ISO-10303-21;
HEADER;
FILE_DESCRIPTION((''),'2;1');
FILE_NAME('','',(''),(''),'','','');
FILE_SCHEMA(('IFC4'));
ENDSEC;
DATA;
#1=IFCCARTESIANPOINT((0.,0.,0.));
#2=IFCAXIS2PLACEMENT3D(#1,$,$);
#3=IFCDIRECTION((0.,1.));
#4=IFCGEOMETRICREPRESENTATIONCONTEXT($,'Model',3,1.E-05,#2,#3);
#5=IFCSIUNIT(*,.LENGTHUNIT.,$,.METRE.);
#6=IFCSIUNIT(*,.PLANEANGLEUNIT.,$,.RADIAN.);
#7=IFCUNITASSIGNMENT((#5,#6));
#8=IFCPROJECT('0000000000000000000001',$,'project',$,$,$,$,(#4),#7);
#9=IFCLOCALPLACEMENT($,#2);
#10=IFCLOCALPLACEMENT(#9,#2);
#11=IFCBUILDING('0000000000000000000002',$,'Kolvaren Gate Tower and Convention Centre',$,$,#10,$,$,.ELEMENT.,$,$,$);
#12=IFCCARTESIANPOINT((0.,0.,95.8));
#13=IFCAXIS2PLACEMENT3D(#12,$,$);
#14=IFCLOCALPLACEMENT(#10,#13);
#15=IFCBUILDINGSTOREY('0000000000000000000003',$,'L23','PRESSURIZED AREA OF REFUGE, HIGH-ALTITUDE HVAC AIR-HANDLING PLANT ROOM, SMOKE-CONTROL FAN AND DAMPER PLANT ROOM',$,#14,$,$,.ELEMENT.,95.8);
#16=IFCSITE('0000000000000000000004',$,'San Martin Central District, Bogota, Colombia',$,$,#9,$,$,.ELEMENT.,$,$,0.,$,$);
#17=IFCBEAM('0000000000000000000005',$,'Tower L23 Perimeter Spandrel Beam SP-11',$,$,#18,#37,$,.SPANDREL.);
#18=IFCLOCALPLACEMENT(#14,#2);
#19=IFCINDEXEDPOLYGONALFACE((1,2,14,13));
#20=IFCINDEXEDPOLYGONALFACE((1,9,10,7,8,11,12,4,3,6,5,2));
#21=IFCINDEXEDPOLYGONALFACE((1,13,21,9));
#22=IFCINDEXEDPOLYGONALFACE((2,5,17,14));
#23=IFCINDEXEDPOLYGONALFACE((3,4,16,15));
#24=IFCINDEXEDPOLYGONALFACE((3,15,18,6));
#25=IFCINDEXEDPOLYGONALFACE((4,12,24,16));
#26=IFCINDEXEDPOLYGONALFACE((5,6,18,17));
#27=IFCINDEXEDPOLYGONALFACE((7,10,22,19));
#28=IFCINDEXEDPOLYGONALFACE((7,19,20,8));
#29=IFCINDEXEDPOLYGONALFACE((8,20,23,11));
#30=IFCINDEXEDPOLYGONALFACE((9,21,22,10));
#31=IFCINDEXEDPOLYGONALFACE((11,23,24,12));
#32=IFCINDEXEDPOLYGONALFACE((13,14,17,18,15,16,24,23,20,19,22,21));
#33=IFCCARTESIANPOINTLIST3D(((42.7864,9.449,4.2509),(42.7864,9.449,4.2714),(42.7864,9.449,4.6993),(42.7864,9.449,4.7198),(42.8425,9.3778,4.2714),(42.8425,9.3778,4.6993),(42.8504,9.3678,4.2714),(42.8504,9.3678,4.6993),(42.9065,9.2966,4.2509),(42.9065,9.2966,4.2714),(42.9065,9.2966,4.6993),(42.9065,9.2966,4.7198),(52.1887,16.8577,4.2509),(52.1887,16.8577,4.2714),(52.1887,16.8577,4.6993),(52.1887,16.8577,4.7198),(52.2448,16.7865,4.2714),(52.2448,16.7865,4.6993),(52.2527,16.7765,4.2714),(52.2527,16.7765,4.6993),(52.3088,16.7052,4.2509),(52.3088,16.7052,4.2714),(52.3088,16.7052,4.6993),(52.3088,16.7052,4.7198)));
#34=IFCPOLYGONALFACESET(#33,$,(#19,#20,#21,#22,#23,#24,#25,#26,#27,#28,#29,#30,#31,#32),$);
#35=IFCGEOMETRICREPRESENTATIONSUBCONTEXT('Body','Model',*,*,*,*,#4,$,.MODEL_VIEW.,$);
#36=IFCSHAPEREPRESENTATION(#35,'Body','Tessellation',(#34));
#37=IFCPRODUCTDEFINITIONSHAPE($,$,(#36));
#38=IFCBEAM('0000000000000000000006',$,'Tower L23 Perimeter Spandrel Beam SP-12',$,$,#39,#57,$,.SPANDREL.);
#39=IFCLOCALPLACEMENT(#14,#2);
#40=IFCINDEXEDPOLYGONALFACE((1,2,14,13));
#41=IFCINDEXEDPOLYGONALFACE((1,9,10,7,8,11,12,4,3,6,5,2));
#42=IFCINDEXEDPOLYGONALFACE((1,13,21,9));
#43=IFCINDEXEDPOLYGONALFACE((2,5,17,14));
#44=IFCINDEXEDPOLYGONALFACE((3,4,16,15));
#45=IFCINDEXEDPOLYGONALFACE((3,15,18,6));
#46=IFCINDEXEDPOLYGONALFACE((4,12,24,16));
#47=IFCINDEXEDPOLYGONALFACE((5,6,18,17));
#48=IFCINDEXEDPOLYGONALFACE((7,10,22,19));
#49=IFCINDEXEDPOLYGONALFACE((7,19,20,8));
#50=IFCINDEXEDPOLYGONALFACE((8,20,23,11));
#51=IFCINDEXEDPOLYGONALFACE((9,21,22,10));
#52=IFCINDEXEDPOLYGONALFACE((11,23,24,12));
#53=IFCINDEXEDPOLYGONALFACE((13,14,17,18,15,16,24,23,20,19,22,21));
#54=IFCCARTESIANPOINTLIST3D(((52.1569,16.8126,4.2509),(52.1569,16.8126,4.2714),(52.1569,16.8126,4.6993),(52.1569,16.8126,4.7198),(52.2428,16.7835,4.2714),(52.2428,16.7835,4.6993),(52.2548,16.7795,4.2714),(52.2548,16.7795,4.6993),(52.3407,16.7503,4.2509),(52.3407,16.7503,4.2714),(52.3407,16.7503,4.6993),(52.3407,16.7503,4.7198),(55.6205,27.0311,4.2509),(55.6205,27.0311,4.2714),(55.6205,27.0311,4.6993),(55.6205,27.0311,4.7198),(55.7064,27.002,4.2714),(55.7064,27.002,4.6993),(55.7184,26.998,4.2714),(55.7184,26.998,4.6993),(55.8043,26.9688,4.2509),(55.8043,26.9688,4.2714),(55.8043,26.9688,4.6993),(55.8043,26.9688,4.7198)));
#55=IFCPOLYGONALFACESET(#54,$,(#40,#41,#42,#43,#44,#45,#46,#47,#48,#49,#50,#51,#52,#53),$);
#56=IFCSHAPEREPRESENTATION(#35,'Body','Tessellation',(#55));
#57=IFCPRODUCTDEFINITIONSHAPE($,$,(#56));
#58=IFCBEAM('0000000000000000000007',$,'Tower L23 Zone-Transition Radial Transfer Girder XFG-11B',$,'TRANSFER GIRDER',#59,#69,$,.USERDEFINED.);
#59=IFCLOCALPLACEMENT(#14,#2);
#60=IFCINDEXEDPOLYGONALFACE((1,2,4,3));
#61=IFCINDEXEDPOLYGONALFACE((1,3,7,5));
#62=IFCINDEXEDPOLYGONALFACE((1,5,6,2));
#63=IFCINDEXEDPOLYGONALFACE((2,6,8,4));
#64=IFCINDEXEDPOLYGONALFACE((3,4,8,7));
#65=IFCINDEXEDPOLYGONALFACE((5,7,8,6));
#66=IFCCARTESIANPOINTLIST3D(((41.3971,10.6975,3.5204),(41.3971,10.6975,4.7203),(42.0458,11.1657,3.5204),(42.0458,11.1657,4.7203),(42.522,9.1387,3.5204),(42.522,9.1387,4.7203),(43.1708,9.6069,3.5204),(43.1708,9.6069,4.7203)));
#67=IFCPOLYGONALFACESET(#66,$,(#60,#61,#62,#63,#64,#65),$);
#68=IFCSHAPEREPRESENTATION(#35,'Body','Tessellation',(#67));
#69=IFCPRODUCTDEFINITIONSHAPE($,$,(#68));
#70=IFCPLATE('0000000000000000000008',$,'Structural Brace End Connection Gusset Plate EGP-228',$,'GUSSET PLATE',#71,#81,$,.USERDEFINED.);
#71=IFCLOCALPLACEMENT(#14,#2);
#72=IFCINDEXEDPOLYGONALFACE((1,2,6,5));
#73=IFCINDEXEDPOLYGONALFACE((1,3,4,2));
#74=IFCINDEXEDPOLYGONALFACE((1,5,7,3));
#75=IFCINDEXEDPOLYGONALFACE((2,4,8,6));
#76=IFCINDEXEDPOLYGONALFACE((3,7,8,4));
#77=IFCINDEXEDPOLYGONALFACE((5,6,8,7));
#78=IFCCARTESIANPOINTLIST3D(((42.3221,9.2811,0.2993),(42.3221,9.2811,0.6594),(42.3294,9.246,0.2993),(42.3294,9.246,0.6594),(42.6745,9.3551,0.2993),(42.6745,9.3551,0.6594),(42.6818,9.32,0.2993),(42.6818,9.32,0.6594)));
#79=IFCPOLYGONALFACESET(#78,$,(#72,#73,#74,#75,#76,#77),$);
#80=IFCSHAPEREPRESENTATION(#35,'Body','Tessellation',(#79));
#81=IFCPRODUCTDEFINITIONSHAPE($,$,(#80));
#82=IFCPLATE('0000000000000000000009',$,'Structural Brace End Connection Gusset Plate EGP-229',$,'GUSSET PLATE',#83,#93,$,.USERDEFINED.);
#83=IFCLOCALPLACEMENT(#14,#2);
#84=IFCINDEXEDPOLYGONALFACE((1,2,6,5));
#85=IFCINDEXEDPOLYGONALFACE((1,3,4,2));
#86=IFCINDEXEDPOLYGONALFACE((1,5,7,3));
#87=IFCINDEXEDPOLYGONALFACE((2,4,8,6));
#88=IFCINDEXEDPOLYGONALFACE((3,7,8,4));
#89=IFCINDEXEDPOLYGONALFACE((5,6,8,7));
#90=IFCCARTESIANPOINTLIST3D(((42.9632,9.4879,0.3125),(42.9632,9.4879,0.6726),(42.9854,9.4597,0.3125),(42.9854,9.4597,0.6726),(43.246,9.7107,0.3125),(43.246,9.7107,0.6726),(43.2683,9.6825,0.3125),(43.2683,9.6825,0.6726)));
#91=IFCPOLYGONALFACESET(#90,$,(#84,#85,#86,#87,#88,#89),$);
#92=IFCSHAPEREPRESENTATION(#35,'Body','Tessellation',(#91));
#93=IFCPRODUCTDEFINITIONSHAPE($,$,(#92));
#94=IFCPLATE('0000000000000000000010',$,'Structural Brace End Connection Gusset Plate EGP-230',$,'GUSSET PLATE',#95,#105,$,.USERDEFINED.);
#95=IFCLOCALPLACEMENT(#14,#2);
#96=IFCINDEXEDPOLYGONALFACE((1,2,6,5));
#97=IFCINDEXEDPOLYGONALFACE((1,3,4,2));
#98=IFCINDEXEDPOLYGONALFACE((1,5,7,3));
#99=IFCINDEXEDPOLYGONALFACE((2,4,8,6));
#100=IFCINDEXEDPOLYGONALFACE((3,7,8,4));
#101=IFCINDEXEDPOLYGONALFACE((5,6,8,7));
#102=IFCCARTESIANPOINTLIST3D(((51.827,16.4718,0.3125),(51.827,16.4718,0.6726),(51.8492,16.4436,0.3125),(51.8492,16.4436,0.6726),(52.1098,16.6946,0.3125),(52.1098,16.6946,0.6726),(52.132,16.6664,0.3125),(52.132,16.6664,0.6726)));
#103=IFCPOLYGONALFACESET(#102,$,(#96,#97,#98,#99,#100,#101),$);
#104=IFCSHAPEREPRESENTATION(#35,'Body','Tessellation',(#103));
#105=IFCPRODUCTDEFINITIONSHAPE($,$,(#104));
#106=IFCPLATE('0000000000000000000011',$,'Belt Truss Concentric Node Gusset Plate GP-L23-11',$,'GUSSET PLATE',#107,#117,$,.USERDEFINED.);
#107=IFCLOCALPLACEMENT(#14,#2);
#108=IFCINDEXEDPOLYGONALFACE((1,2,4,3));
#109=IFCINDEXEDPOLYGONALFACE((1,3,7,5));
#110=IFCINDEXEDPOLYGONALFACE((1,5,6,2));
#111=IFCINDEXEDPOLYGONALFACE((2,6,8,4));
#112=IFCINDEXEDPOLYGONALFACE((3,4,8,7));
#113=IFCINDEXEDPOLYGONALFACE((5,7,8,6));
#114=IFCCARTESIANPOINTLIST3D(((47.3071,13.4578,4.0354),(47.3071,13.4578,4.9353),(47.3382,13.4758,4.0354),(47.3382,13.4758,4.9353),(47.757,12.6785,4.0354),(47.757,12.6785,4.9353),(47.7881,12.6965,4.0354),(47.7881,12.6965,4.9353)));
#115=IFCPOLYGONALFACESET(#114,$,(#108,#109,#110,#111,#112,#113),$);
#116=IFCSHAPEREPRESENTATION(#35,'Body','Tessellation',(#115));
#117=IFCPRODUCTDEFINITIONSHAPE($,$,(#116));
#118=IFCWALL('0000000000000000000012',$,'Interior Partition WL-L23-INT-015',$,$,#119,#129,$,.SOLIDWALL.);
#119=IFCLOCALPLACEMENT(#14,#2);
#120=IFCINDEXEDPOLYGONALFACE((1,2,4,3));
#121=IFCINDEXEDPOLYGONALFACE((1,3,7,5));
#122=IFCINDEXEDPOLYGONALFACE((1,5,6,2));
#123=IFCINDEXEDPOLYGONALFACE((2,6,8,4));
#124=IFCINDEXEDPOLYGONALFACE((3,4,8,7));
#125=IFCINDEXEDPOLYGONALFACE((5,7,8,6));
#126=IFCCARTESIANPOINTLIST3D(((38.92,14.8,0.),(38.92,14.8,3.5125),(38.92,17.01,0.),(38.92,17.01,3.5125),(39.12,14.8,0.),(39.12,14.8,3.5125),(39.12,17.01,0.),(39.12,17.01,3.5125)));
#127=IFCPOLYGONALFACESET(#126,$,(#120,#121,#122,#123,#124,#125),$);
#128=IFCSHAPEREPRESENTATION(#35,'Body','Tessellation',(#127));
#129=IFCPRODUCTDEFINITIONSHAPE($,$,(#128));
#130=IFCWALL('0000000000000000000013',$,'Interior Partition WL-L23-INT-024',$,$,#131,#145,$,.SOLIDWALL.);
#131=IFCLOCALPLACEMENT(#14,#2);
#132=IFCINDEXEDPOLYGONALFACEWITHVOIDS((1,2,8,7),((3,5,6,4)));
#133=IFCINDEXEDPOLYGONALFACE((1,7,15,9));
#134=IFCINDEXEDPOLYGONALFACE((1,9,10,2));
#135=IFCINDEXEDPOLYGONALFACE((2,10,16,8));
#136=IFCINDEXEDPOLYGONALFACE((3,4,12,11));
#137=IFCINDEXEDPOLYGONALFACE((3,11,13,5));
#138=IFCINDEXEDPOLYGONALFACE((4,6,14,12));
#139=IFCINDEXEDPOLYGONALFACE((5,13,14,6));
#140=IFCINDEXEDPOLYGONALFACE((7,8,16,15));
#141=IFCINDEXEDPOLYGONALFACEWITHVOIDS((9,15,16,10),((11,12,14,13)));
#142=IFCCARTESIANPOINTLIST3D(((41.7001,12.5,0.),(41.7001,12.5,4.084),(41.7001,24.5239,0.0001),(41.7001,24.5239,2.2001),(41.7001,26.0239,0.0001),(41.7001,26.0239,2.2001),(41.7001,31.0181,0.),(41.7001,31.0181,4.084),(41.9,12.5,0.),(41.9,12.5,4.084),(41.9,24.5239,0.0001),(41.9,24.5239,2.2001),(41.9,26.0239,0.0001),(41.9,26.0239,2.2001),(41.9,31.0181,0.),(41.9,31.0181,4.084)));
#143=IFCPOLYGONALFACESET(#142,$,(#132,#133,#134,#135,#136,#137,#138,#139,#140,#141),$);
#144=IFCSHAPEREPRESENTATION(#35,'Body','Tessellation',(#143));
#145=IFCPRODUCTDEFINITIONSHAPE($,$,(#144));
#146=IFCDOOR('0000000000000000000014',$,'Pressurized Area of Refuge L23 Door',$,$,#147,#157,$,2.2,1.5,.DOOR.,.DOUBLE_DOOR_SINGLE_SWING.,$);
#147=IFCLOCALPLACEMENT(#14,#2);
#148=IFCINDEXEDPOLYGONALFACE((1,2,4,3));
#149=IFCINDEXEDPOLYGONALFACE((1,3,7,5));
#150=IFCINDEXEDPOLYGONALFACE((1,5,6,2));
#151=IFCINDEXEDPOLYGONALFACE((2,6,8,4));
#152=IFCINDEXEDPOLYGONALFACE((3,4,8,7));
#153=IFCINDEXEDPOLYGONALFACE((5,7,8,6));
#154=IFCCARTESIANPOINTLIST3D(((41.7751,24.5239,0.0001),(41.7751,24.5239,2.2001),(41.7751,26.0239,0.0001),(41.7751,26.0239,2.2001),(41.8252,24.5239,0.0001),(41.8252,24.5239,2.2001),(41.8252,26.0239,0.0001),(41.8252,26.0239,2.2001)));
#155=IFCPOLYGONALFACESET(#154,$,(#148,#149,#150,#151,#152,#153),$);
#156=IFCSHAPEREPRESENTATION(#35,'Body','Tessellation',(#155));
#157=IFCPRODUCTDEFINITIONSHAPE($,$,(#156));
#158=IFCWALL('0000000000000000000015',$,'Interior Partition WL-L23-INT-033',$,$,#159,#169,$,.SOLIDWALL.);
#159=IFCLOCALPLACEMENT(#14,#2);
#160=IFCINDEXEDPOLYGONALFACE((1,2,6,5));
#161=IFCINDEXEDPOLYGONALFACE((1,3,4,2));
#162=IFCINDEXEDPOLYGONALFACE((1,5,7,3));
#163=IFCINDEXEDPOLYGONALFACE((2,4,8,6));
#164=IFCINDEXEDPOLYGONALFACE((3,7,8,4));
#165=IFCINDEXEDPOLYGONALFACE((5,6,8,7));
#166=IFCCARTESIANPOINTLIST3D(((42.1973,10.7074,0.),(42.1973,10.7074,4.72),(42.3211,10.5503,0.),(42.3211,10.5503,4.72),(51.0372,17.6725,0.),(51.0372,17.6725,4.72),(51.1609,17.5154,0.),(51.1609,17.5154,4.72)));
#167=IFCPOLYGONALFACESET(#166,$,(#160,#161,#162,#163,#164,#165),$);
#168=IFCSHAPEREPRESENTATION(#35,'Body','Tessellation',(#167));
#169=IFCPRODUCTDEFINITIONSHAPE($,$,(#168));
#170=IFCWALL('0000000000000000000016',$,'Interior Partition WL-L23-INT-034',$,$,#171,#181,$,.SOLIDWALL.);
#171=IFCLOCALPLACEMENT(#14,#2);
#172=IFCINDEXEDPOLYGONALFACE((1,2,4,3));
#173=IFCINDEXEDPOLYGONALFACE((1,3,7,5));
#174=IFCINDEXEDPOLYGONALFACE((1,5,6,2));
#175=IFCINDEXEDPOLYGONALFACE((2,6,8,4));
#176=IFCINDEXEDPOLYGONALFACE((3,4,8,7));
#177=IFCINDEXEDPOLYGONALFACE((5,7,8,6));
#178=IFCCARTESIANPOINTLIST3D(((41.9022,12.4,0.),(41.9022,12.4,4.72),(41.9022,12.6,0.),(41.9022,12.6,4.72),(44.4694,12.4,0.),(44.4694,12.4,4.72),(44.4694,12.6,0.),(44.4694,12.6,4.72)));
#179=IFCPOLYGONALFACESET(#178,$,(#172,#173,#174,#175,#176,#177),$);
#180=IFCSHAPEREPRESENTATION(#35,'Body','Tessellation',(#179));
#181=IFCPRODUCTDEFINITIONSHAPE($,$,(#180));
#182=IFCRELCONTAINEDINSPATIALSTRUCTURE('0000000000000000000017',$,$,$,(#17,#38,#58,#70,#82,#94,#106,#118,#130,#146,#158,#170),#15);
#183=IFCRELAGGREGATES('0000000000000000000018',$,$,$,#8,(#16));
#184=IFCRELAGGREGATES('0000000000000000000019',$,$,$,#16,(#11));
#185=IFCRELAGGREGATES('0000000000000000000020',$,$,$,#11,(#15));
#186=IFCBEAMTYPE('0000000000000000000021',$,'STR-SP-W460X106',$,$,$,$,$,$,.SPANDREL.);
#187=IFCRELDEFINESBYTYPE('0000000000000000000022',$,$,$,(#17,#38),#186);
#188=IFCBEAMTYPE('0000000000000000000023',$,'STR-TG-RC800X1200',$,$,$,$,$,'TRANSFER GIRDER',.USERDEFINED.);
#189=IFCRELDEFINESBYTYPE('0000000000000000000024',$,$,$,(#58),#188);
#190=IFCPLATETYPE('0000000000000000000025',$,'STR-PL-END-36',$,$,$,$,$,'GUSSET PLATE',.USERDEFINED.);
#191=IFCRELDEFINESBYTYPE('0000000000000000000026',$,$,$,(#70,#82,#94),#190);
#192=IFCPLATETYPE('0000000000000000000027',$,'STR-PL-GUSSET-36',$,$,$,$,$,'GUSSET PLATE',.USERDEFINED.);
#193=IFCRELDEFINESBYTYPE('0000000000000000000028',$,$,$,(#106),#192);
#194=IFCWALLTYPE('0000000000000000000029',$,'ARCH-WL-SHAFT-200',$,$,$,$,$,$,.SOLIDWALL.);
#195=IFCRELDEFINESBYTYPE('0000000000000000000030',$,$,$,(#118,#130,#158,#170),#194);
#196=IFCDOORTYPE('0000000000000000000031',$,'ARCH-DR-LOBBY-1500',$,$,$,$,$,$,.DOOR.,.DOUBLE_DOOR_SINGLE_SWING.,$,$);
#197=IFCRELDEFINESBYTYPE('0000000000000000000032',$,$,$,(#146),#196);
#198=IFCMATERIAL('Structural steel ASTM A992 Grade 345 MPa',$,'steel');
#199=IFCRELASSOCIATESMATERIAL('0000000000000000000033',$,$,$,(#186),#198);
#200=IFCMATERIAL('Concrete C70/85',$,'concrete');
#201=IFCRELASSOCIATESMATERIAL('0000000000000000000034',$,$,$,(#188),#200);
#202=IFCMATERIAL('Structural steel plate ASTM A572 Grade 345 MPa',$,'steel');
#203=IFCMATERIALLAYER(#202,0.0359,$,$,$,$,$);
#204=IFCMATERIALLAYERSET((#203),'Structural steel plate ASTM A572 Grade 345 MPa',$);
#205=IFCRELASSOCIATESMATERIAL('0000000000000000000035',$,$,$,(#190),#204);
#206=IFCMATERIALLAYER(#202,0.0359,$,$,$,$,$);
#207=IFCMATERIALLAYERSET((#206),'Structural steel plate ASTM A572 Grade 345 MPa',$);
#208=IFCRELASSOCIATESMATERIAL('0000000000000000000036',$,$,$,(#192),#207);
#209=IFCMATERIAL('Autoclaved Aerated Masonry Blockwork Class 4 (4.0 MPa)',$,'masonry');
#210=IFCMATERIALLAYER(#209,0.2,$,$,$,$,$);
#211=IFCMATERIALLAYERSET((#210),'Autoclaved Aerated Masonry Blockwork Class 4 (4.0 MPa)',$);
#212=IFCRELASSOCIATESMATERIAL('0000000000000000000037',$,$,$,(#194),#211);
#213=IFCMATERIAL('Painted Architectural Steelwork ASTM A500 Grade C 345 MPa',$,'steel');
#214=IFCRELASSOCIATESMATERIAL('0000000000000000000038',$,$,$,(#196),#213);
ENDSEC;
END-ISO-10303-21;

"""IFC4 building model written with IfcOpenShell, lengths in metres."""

from ifc_helpers import new_model, si_unit, direction, frame, frame_2d, origin, origin_2d, place, context, subcontext, project, spatial, rectangle, i_section, extrude, material, layer, layer_set, material_profile, profile_set, type_object, element, fill, save


model = new_model("IFC4")

# Units and contexts
model_context = context("Model", 3, precision=1e-05, world=origin(), true_north=direction((0.0, 1.0)))
body_context = subcontext(model_context, "Body", "Model", "MODEL_VIEW")
ifc_project = project(units=[si_unit("LENGTHUNIT", "METRE"), si_unit("PLANEANGLEUNIT", "RADIAN")], contexts=[model_context])

# Site, building, storey
site_placement = place(None, origin())
site = spatial("IfcSite", under=ifc_project, at=site_placement, Name="San Martin Central District, Bogota, Colombia", CompositionType="ELEMENT", RefElevation=0.0)
building_placement = place(site_placement, origin())
building = spatial("IfcBuilding", under=site, at=building_placement, Name="Kolvaren Gate Tower and Convention Centre", CompositionType="ELEMENT")
storey_placement = place(building_placement, frame((0.0, 0.0, 95.8)))
storey = spatial("IfcBuildingStorey", under=building, at=storey_placement, Name="L23", Description="PRESSURIZED AREA OF REFUGE, HIGH-ALTITUDE HVAC AIR-HANDLING PLANT ROOM, SMOKE-CONTROL FAN AND DAMPER PLANT ROOM", CompositionType="ELEMENT", Elevation=95.8)

# Shared definitions
ifc_material_1 = material(Name="Concrete C70/85", Category="concrete")

# Shared definitions
ifc_material_2 = material(Name="Structural steel ASTM A992 Grade 345 MPa", Category="steel")

# Beams
ifc_material_profile_1 = material_profile(ifc_material_2, i_section(OverallWidth=0.1941, OverallDepth=0.469, WebThickness=0.0127, FlangeThickness=0.0205, at=origin_2d()), Name="W460X106")
ifc_profile_set_1 = profile_set([ifc_material_profile_1], Name="Structural steel ASTM A992 Grade 345 MPa")
beam_type_1 = type_object("IfcBeamType", Name="STR-SP-W460X106", PredefinedType="SPANDREL", material=ifc_profile_set_1)
beam_1_placement = place(storey_placement, frame((42.8464, 9.3728, 4.4854), z_axis=(0.78546, 0.618913, 0.0), x_axis=(-0.618913, 0.78546, 0.0)))
element("IfcBeam", 1, at=beam_1_placement, inside=storey, type_object=beam_type_1, Name="Tower L23 Perimeter Spandrel Beam SP-11", PredefinedType="SPANDREL", context=body_context, shape_type="SweptSolid", body=[
    extrude(i_section(OverallWidth=0.1941, OverallDepth=0.469, WebThickness=0.0127, FlangeThickness=0.0205, at=origin_2d()), origin(), (0.0, 0.0, 1.0), 11.9705),
])
beam_2_placement = place(storey_placement, frame((52.2488, 16.7815, 4.4854), z_axis=(0.321016, 0.947074, 0.0), x_axis=(-0.947074, 0.321016, 0.0)))
element("IfcBeam", 2, at=beam_2_placement, inside=storey, type_object=beam_type_1, Name="Tower L23 Perimeter Spandrel Beam SP-12", PredefinedType="SPANDREL", context=body_context, shape_type="SweptSolid", body=[
    extrude(i_section(OverallWidth=0.1941, OverallDepth=0.469, WebThickness=0.0127, FlangeThickness=0.0205, at=origin_2d()), origin(), (0.0, 0.0, 1.0), 10.7896),
])
ifc_material_profile_2 = material_profile(ifc_material_1, rectangle(XDim=0.8, YDim=1.2, at=origin_2d()), Name="RC-BM-800X1200")
ifc_profile_set_2 = profile_set([ifc_material_profile_2], Name="Concrete C70/85")
beam_type_2 = type_object("IfcBeamType", Name="STR-TG-RC800X1200", ElementType="TRANSFER GIRDER", PredefinedType="USERDEFINED", material=ifc_profile_set_2)
beam_3_placement = place(storey_placement, frame((41.7214, 10.9316, 4.1204), z_axis=(0.585208, -0.810883, 0.0), x_axis=(0.810883, 0.585208, 0.0)))
element("IfcBeam", 3, at=beam_3_placement, inside=storey, type_object=beam_type_2, Name="Tower L23 Zone-Transition Radial Transfer Girder XFG-11B", ObjectType="TRANSFER GIRDER", PredefinedType="USERDEFINED", context=body_context, shape_type="SweptSolid", body=[
    extrude(rectangle(XDim=0.8, YDim=1.2, at=origin_2d()), origin(), (0.0, 0.0, 1.0), 1.9224),
])

# Plates
ifc_material_3 = material(Name="Structural steel plate ASTM A572 Grade 345 MPa", Category="steel")
ifc_layer_1 = layer(ifc_material_3, 0.0359)
ifc_layer_set_1 = layer_set([ifc_layer_1], Name="Structural steel plate ASTM A572 Grade 345 MPa")
plate_type_1 = type_object("IfcPlateType", Name="STR-PL-END-36", ElementType="GUSSET PLATE", PredefinedType="USERDEFINED", material=ifc_layer_set_1)
for number, where, z_axis, x_axis, name in (
    (4, (42.502, 9.3005, 0.2993), (0.0, 0.0, 1.0), (-0.978633, -0.205613, 0.0), "Structural Brace End Connection Gusset Plate EGP-228"),
    (5, (43.1157, 9.5852, 0.3125), (0.0, 0.0, 1.0), (0.785474, 0.618895, 0.0), "Structural Brace End Connection Gusset Plate EGP-229"),
    (6, (51.9795, 16.5691, 0.3125), (0.0, 0.0, 1.0), (-0.785465, -0.618906, 0.0), "Structural Brace End Connection Gusset Plate EGP-230"),
):
    element("IfcPlate", number, at=place(storey_placement, frame(where, z_axis=z_axis, x_axis=x_axis)), inside=storey, type_object=plate_type_1, Name=name, ObjectType="GUSSET PLATE", PredefinedType="USERDEFINED", context=body_context, shape_type="SweptSolid", body=[
        extrude(rectangle(XDim=0.3601, YDim=0.0359, at=origin_2d()), origin(), (0.0, 0.0, 1.0), 0.3601),
    ])
ifc_layer_2 = layer(ifc_material_3, 0.0359)
ifc_layer_set_2 = layer_set([ifc_layer_2], Name="Structural steel plate ASTM A572 Grade 345 MPa")
plate_type_2 = type_object("IfcPlateType", Name="STR-PL-GUSSET-36", ElementType="GUSSET PLATE", PredefinedType="USERDEFINED", material=ifc_layer_set_2)
plate_placement = place(storey_placement, frame((47.5476, 13.0771, 4.0354), z_axis=(0.0, 0.0, 1.0), x_axis=(0.5, -0.866025, 0.0)))
element("IfcPlate", 7, at=plate_placement, inside=storey, type_object=plate_type_2, Name="Belt Truss Concentric Node Gusset Plate GP-L23-11", ObjectType="GUSSET PLATE", PredefinedType="USERDEFINED", context=body_context, shape_type="SweptSolid", body=[
    extrude(rectangle(XDim=0.8999, YDim=0.0359, at=origin_2d()), origin(), (0.0, 0.0, 1.0), 0.8999),
])

# Wall
ifc_material_4 = material(Name="Autoclaved Aerated Masonry Blockwork Class 4 (4.0 MPa)", Category="masonry")
ifc_layer_3 = layer(ifc_material_4, 0.2)
ifc_layer_set_3 = layer_set([ifc_layer_3], Name="Autoclaved Aerated Masonry Blockwork Class 4 (4.0 MPa)")
wall_type_1 = type_object("IfcWallType", Name="ARCH-WL-SHAFT-200", PredefinedType="SOLIDWALL", material=ifc_layer_set_3)
wall_1_placement = place(storey_placement, frame((39.02, 14.8, 0.0), z_axis=(0.0, 0.0, 1.0), x_axis=(0.0, 1.0, 0.0)))
element("IfcWall", 8, at=wall_1_placement, inside=storey, type_object=wall_type_1, Name="Interior Partition WL-L23-INT-015", PredefinedType="SOLIDWALL", context=body_context, shape_type="SweptSolid", body=[
    extrude(rectangle(XDim=2.21, YDim=0.2, at=frame_2d((1.105, 0.0))), origin(), (0.0, 0.0, 1.0), 3.5125),
])

# Wall, opening, door
wall_2_placement = place(storey_placement, frame((41.8, 12.5, 0.0), z_axis=(0.0, 0.0, 1.0), x_axis=(0.0, 1.0, 0.0)))
wall_2 = element("IfcWall", 9, at=wall_2_placement, inside=storey, type_object=wall_type_1, Name="Interior Partition WL-L23-INT-024", PredefinedType="SOLIDWALL", context=body_context, shape_type="SweptSolid", body=[
    extrude(rectangle(XDim=18.5181, YDim=0.2, at=frame_2d((9.259, 0.0))), origin(), (0.0, 0.0, 1.0), 4.084),
])
opening_placement = place(wall_2_placement, frame((12.0239, 0.0, 0.0)))
opening = element("IfcOpeningElement", 10, at=opening_placement, cuts=wall_2, PredefinedType="OPENING", context=body_context, shape_type="SweptSolid", body=[
    extrude(rectangle(XDim=1.5, YDim=2.2, at=frame_2d((0.75, 1.1001))), frame((0.0, 0.1099, 0.0), z_axis=(0.0, -1.0, 0.0), x_axis=(1.0, 0.0, 0.0)), (0.0, 0.0, 1.0), 0.22),
])
ifc_material_5 = material(Name="Painted Architectural Steelwork ASTM A500 Grade C 345 MPa", Category="steel")
door_type = type_object("IfcDoorType", Name="ARCH-DR-LOBBY-1500", OperationType="DOUBLE_DOOR_SINGLE_SWING", PredefinedType="DOOR", material=ifc_material_5)
door_placement = place(opening_placement, origin())
door = element("IfcDoor", 11, at=door_placement, inside=storey, type_object=door_type, Name="Pressurized Area of Refuge L23 Door", OperationType="DOUBLE_DOOR_SINGLE_SWING", OverallHeight=2.2, OverallWidth=1.5, PredefinedType="DOOR", context=body_context, shape_type="SweptSolid", body=[
    extrude(rectangle(XDim=1.5, YDim=2.2, at=frame_2d((0.75, 1.1001))), frame((0.0, 0.0249, 0.0), z_axis=(0.0, -1.0, 0.0), x_axis=(1.0, 0.0, 0.0)), (0.0, 0.0, 1.0), 0.05),
])
fill(opening, door)

# Walls
wall_3_placement = place(storey_placement, frame((42.2593, 10.6289, 0.0), z_axis=(0.0, 0.0, 1.0), x_axis=(0.785476, 0.618892, 0.0)))
element("IfcWall", 12, at=wall_3_placement, inside=storey, type_object=wall_type_1, Name="Interior Partition WL-L23-INT-033", PredefinedType="SOLIDWALL", context=body_context, shape_type="SweptSolid", body=[
    extrude(rectangle(XDim=11.2542, YDim=0.2, at=frame_2d((5.627, 0.0))), origin(), (0.0, 0.0, 1.0), 4.72),
])
wall_4_placement = place(storey_placement, frame((41.9021, 12.5, 0.0), z_axis=(0.0, 0.0, 1.0), x_axis=(1.0, 0.0, 0.0)))
element("IfcWall", 13, at=wall_4_placement, inside=storey, type_object=wall_type_1, Name="Interior Partition WL-L23-INT-034", PredefinedType="SOLIDWALL", context=body_context, shape_type="SweptSolid", body=[
    extrude(rectangle(XDim=2.5671, YDim=0.2, at=frame_2d((1.2837, 0.0))), origin(), (0.0, 0.0, 1.0), 4.72),
])

save(model, "model.ifc")
